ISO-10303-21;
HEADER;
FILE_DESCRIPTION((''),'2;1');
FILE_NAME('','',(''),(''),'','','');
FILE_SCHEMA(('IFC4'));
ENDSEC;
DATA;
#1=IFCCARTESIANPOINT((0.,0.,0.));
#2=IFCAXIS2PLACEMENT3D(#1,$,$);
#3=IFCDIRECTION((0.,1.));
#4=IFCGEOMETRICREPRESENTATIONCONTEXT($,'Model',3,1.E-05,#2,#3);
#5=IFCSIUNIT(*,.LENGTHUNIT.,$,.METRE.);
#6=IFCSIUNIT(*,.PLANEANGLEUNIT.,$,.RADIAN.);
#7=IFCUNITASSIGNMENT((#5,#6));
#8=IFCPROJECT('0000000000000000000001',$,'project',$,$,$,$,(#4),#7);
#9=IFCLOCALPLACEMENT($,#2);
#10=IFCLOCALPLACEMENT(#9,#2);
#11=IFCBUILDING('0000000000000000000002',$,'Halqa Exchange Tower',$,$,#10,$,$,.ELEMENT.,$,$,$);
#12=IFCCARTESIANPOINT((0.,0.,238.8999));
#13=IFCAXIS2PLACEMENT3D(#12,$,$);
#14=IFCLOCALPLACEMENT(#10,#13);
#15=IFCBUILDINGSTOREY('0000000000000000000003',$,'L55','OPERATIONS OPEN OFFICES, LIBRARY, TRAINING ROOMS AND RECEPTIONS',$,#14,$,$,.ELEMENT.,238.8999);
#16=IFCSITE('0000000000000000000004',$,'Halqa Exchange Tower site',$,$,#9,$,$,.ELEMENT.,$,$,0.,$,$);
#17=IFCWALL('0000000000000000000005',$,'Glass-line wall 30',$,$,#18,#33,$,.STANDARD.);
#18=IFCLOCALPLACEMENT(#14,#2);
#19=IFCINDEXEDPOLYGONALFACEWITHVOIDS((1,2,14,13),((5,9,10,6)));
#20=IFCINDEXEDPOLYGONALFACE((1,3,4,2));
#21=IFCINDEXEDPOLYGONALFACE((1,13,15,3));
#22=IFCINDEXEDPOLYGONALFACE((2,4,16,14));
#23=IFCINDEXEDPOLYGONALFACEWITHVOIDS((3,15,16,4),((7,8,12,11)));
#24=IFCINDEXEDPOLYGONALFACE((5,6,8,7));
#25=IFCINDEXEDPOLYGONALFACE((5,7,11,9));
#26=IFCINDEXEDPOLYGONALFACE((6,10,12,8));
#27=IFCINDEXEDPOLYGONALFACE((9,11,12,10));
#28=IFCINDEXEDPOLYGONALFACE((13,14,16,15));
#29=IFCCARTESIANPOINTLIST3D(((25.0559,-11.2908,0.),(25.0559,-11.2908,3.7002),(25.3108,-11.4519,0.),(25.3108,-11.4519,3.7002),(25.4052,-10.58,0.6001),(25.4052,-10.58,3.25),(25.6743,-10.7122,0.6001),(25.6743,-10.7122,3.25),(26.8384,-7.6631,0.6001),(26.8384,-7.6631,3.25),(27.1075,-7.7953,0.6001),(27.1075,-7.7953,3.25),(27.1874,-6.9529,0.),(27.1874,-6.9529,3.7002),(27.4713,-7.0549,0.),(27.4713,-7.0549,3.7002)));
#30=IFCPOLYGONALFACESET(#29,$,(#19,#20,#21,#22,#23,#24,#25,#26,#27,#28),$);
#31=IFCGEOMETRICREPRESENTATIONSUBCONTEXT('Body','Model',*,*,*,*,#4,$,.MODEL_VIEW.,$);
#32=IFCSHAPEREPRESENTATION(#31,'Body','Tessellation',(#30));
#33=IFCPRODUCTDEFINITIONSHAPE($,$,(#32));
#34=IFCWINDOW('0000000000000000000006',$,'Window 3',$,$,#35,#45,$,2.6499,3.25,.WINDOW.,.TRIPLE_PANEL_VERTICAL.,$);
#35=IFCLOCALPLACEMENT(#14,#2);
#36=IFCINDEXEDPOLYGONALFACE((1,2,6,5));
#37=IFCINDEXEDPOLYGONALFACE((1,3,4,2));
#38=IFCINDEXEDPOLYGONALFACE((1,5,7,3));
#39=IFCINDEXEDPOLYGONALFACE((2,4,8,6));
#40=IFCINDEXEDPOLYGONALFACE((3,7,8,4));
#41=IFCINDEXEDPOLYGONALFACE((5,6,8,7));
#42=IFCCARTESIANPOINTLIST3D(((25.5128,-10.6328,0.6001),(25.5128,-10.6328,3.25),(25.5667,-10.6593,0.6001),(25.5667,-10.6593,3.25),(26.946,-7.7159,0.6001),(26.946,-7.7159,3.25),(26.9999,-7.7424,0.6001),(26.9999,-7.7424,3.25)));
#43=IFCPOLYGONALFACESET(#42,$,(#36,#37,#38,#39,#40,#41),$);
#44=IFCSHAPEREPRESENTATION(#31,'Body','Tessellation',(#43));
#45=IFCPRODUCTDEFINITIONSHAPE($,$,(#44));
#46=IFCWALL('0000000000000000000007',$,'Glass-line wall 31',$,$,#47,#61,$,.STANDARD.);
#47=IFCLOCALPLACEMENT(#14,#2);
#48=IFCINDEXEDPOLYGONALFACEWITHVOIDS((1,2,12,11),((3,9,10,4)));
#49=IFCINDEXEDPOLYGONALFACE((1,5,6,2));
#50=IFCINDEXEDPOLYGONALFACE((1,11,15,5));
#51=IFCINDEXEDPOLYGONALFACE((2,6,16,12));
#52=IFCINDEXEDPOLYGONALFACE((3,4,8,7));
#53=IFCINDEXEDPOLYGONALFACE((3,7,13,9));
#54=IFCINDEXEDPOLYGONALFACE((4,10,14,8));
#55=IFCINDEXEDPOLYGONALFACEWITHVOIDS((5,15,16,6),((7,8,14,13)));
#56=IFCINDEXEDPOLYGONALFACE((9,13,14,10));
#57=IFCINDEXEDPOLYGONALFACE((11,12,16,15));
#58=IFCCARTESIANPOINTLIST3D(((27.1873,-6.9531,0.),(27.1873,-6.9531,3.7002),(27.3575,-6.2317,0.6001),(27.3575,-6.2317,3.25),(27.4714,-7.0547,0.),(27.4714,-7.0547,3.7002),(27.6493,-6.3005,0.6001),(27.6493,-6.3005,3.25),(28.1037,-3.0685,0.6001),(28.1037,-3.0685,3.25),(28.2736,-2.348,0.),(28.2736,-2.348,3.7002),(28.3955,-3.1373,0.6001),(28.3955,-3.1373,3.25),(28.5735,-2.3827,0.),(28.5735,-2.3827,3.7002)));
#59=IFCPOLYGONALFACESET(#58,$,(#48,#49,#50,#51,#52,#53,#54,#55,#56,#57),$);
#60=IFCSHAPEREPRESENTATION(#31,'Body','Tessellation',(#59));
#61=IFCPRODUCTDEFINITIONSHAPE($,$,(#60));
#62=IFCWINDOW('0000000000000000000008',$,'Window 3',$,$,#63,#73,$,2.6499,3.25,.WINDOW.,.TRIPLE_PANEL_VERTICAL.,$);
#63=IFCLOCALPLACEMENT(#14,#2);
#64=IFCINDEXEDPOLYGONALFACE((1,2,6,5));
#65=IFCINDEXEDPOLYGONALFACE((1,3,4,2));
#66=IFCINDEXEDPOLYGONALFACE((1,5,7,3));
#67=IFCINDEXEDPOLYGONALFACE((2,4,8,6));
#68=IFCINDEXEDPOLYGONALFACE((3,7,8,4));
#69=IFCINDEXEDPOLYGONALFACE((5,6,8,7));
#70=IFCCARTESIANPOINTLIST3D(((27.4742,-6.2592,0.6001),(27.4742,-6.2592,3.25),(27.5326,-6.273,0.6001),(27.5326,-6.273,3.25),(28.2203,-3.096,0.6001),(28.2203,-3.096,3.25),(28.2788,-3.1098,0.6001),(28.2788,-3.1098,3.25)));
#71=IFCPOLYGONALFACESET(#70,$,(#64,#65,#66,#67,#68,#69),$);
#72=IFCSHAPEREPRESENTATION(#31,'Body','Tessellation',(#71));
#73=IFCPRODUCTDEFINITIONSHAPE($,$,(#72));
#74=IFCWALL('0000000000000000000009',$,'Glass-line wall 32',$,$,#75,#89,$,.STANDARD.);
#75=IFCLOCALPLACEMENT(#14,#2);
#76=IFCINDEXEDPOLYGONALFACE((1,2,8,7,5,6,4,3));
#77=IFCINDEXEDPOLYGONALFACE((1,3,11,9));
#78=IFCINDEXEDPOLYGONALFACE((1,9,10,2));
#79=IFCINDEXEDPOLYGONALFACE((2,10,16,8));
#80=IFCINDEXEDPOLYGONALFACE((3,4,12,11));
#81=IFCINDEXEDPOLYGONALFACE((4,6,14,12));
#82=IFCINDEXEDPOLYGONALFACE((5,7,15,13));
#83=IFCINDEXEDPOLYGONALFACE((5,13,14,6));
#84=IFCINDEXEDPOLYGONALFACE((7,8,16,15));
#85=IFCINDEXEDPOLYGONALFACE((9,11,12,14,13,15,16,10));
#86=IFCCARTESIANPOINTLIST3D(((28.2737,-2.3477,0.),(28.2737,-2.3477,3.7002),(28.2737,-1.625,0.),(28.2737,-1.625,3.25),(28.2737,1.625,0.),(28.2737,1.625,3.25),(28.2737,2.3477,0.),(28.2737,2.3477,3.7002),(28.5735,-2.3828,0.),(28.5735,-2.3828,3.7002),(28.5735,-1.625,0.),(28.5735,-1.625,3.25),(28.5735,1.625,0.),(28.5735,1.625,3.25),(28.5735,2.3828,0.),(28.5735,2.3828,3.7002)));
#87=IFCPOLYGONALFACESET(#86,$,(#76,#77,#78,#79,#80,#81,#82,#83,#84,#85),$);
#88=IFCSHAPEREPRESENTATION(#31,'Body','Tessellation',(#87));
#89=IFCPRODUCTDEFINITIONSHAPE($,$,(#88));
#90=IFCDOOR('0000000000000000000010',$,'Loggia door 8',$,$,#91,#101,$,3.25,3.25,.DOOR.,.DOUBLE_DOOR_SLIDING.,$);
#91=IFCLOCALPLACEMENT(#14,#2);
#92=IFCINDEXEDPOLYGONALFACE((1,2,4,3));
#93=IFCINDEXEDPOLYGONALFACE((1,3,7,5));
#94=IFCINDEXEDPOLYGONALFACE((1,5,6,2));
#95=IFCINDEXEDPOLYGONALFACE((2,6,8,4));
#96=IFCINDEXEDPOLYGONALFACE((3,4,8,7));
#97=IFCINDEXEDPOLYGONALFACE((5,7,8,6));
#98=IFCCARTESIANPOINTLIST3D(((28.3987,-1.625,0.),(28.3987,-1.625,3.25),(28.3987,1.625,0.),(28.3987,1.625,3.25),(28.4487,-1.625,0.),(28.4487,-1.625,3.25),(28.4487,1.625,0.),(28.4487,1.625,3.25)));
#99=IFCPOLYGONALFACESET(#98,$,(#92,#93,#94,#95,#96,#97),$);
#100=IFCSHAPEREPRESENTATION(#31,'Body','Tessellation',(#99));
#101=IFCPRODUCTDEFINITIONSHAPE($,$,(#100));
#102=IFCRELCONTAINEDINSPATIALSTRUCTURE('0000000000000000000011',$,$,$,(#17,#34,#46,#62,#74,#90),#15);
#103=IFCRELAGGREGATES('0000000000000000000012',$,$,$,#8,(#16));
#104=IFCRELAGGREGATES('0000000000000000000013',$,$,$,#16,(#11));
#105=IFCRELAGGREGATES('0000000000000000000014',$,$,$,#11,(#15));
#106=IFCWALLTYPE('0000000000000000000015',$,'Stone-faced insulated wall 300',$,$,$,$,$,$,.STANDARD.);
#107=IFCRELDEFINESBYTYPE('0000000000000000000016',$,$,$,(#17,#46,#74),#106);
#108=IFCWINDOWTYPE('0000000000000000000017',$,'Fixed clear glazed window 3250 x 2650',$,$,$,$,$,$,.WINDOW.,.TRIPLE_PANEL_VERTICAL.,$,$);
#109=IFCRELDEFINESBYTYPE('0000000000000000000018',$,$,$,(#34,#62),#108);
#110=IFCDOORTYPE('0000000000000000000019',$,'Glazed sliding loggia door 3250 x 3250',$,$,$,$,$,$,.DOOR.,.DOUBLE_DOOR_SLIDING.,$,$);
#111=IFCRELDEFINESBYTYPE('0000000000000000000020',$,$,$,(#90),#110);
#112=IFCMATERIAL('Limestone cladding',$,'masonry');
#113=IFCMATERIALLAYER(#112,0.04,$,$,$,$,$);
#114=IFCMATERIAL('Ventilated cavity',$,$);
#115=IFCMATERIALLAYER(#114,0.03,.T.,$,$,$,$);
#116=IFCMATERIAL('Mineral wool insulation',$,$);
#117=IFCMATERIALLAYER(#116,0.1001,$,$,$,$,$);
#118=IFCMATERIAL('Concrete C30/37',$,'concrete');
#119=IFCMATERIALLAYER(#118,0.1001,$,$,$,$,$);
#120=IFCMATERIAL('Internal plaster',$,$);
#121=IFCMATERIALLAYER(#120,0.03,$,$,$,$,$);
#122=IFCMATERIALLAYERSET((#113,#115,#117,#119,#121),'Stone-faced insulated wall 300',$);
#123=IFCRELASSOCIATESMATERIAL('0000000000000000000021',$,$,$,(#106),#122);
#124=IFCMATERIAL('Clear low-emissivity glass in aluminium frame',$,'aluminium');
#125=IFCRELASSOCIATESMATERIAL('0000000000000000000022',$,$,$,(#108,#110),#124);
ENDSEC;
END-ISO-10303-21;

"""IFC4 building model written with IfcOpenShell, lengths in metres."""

from ifc_helpers import new_model, si_unit, direction, frame, frame_2d, origin, place, context, subcontext, project, spatial, polyline, rectangle, outline, extrude, material, layer, layer_set, type_object, element, fill, save


model = new_model("IFC4")

# Units and contexts
model_context = context("Model", 3, precision=1e-05, world=origin(), true_north=direction((0.0, 1.0)))
body_context = subcontext(model_context, "Body", "Model", "MODEL_VIEW")
ifc_project = project(units=[si_unit("LENGTHUNIT", "METRE"), si_unit("PLANEANGLEUNIT", "RADIAN")], contexts=[model_context])

# Site, building, storey
site_placement = place(None, origin())
site = spatial("IfcSite", under=ifc_project, at=site_placement, Name="Halqa Exchange Tower site", CompositionType="ELEMENT", RefElevation=0.0)
building_placement = place(site_placement, origin())
building = spatial("IfcBuilding", under=site, at=building_placement, Name="Halqa Exchange Tower", CompositionType="ELEMENT")
storey_placement = place(building_placement, frame((0.0, 0.0, 238.8999)))
storey = spatial("IfcBuildingStorey", under=building, at=storey_placement, Name="L55", Description="OPERATIONS OPEN OFFICES, LIBRARY, TRAINING ROOMS AND RECEPTIONS", CompositionType="ELEMENT", Elevation=238.8999)

# Walls, openings, windows
ifc_material_1 = material(Name="Limestone cladding", Category="masonry")
ifc_layer_1 = layer(ifc_material_1, 0.04)
ifc_material_2 = material(Name="Ventilated cavity")
ifc_layer_2 = layer(ifc_material_2, 0.03, ventilated=True)
ifc_material_3 = material(Name="Mineral wool insulation")
ifc_layer_3 = layer(ifc_material_3, 0.1001)
ifc_material_4 = material(Name="Concrete C30/37", Category="concrete")
ifc_layer_4 = layer(ifc_material_4, 0.1001)
ifc_material_5 = material(Name="Internal plaster")
ifc_layer_5 = layer(ifc_material_5, 0.03)
ifc_layer_set_1 = layer_set([ifc_layer_1, ifc_layer_2, ifc_layer_3, ifc_layer_4, ifc_layer_5], Name="Stone-faced insulated wall 300")
wall_type_1 = type_object("IfcWallType", Name="Stone-faced insulated wall 300", PredefinedType="STANDARD", material=ifc_layer_set_1)
wall_1_placement = place(storey_placement, frame((25.1833, -11.3713, 0.0), z_axis=(0.0, 0.0, 1.0), x_axis=(0.441002, 0.897506, 0.0)))
wall_1 = element("IfcWall", 1, at=wall_1_placement, inside=storey, type_object=wall_type_1, Name="Glass-line wall 30", PredefinedType="STANDARD", context=body_context, shape_type="SweptSolid", body=[
    extrude(outline(polyline([(-0.0161, -0.1499), (4.8831, -0.1499), (4.8494, 0.1499), (0.0161, 0.1499), (-0.0161, -0.1499)])), origin(), (0.0, 0.0, 1.0), 3.7002),
])
opening_1_placement = place(wall_1_placement, frame((0.8081, 0.0, 0.6001)))
opening_1 = element("IfcOpeningElement", 2, at=opening_1_placement, cuts=wall_1, PredefinedType="OPENING", context=body_context, shape_type="SweptSolid", body=[
    extrude(rectangle(XDim=3.25, YDim=2.6499, at=frame_2d((1.625, 1.325))), frame((0.0, 0.1621, 0.0), z_axis=(0.0, -1.0, 0.0), x_axis=(1.0, 0.0, 0.0)), (0.0, 0.0, 1.0), 0.324),
])
ifc_material_6 = material(Name="Clear low-emissivity glass in aluminium frame", Category="aluminium")
window_type = type_object("IfcWindowType", Name="Fixed clear glazed window 3250 x 2650", PartitioningType="TRIPLE_PANEL_VERTICAL", PredefinedType="WINDOW", material=ifc_material_6)
window_1_placement = place(opening_1_placement, origin())
window_1 = element("IfcWindow", 3, at=window_1_placement, inside=storey, type_object=window_type, Name="Window 3", OverallHeight=2.6499, OverallWidth=3.25, PartitioningType="TRIPLE_PANEL_VERTICAL", PredefinedType="WINDOW", context=body_context, shape_type="SweptSolid", body=[
    extrude(rectangle(XDim=3.25, YDim=2.6499, at=frame_2d((1.625, 1.325))), frame((0.0, 0.03, 0.0), z_axis=(0.0, -1.0, 0.0), x_axis=(1.0, 0.0, 0.0)), (0.0, 0.0, 1.0), 0.0601),
])
fill(opening_1, window_1)
wall_2_placement = place(storey_placement, frame((27.3293, -7.0039, 0.0), z_axis=(0.0, 0.0, 1.0), x_axis=(0.229593, 0.973287, 0.0)))
wall_2 = element("IfcWall", 4, at=wall_2_placement, inside=storey, type_object=wall_type_1, Name="Glass-line wall 31", PredefinedType="STANDARD", context=body_context, shape_type="SweptSolid", body=[
    extrude(outline(polyline([(-0.0168, -0.1499), (4.7834, -0.1499), (4.7483, 0.1499), (0.0168, 0.1499), (-0.0168, -0.1499)])), origin(), (0.0, 0.0, 1.0), 3.7002),
])
opening_2_placement = place(wall_2_placement, frame((0.7581, 0.0, 0.6001)))
opening_2 = element("IfcOpeningElement", 5, at=opening_2_placement, cuts=wall_2, PredefinedType="OPENING", context=body_context, shape_type="SweptSolid", body=[
    extrude(rectangle(XDim=3.25, YDim=2.6499, at=frame_2d((1.625, 1.325))), frame((0.0, 0.1621, 0.0), z_axis=(0.0, -1.0, 0.0), x_axis=(1.0, 0.0, 0.0)), (0.0, 0.0, 1.0), 0.324),
])
window_2_placement = place(opening_2_placement, origin())
window_2 = element("IfcWindow", 6, at=window_2_placement, inside=storey, type_object=window_type, Name="Window 3", OverallHeight=2.6499, OverallWidth=3.25, PartitioningType="TRIPLE_PANEL_VERTICAL", PredefinedType="WINDOW", context=body_context, shape_type="SweptSolid", body=[
    extrude(rectangle(XDim=3.25, YDim=2.6499, at=frame_2d((1.625, 1.325))), frame((0.0, 0.03, 0.0), z_axis=(0.0, -1.0, 0.0), x_axis=(1.0, 0.0, 0.0)), (0.0, 0.0, 1.0), 0.0601),
])
fill(opening_2, window_2)

# Wall, opening, door
wall_3_placement = place(storey_placement, frame((28.4236, -2.3652, 0.0), z_axis=(0.0, 0.0, 1.0), x_axis=(0.0, 1.0, 0.0)))
wall_3 = element("IfcWall", 7, at=wall_3_placement, inside=storey, type_object=wall_type_1, Name="Glass-line wall 32", PredefinedType="STANDARD", context=body_context, shape_type="SweptSolid", body=[
    extrude(outline(polyline([(-0.0176, -0.1499), (4.748, -0.1499), (4.7129, 0.1499), (0.0176, 0.1499), (-0.0176, -0.1499)])), origin(), (0.0, 0.0, 1.0), 3.7002),
])
opening_3_placement = place(wall_3_placement, frame((0.7402, 0.0, 0.0)))
opening_3 = element("IfcOpeningElement", 8, at=opening_3_placement, cuts=wall_3, PredefinedType="OPENING", context=body_context, shape_type="SweptSolid", body=[
    extrude(rectangle(XDim=3.25, YDim=3.25, at=frame_2d((1.625, 1.625))), frame((0.0, 0.1621, 0.0), z_axis=(0.0, -1.0, 0.0), x_axis=(1.0, 0.0, 0.0)), (0.0, 0.0, 1.0), 0.324),
])
door_type_1 = type_object("IfcDoorType", Name="Glazed sliding loggia door 3250 x 3250", OperationType="DOUBLE_DOOR_SLIDING", PredefinedType="DOOR", material=ifc_material_6)
door_1_placement = place(opening_3_placement, origin())
door_1 = element("IfcDoor", 9, at=door_1_placement, inside=storey, type_object=door_type_1, Name="Loggia door 8", OperationType="DOUBLE_DOOR_SLIDING", OverallHeight=3.25, OverallWidth=3.25, PredefinedType="DOOR", context=body_context, shape_type="SweptSolid", body=[
    extrude(rectangle(XDim=3.25, YDim=3.25, at=frame_2d((1.625, 1.625))), frame((0.0, 0.0249, 0.0), z_axis=(0.0, -1.0, 0.0), x_axis=(1.0, 0.0, 0.0)), (0.0, 0.0, 1.0), 0.05),
])
fill(opening_3, door_1)

save(model, "model.ifc")
